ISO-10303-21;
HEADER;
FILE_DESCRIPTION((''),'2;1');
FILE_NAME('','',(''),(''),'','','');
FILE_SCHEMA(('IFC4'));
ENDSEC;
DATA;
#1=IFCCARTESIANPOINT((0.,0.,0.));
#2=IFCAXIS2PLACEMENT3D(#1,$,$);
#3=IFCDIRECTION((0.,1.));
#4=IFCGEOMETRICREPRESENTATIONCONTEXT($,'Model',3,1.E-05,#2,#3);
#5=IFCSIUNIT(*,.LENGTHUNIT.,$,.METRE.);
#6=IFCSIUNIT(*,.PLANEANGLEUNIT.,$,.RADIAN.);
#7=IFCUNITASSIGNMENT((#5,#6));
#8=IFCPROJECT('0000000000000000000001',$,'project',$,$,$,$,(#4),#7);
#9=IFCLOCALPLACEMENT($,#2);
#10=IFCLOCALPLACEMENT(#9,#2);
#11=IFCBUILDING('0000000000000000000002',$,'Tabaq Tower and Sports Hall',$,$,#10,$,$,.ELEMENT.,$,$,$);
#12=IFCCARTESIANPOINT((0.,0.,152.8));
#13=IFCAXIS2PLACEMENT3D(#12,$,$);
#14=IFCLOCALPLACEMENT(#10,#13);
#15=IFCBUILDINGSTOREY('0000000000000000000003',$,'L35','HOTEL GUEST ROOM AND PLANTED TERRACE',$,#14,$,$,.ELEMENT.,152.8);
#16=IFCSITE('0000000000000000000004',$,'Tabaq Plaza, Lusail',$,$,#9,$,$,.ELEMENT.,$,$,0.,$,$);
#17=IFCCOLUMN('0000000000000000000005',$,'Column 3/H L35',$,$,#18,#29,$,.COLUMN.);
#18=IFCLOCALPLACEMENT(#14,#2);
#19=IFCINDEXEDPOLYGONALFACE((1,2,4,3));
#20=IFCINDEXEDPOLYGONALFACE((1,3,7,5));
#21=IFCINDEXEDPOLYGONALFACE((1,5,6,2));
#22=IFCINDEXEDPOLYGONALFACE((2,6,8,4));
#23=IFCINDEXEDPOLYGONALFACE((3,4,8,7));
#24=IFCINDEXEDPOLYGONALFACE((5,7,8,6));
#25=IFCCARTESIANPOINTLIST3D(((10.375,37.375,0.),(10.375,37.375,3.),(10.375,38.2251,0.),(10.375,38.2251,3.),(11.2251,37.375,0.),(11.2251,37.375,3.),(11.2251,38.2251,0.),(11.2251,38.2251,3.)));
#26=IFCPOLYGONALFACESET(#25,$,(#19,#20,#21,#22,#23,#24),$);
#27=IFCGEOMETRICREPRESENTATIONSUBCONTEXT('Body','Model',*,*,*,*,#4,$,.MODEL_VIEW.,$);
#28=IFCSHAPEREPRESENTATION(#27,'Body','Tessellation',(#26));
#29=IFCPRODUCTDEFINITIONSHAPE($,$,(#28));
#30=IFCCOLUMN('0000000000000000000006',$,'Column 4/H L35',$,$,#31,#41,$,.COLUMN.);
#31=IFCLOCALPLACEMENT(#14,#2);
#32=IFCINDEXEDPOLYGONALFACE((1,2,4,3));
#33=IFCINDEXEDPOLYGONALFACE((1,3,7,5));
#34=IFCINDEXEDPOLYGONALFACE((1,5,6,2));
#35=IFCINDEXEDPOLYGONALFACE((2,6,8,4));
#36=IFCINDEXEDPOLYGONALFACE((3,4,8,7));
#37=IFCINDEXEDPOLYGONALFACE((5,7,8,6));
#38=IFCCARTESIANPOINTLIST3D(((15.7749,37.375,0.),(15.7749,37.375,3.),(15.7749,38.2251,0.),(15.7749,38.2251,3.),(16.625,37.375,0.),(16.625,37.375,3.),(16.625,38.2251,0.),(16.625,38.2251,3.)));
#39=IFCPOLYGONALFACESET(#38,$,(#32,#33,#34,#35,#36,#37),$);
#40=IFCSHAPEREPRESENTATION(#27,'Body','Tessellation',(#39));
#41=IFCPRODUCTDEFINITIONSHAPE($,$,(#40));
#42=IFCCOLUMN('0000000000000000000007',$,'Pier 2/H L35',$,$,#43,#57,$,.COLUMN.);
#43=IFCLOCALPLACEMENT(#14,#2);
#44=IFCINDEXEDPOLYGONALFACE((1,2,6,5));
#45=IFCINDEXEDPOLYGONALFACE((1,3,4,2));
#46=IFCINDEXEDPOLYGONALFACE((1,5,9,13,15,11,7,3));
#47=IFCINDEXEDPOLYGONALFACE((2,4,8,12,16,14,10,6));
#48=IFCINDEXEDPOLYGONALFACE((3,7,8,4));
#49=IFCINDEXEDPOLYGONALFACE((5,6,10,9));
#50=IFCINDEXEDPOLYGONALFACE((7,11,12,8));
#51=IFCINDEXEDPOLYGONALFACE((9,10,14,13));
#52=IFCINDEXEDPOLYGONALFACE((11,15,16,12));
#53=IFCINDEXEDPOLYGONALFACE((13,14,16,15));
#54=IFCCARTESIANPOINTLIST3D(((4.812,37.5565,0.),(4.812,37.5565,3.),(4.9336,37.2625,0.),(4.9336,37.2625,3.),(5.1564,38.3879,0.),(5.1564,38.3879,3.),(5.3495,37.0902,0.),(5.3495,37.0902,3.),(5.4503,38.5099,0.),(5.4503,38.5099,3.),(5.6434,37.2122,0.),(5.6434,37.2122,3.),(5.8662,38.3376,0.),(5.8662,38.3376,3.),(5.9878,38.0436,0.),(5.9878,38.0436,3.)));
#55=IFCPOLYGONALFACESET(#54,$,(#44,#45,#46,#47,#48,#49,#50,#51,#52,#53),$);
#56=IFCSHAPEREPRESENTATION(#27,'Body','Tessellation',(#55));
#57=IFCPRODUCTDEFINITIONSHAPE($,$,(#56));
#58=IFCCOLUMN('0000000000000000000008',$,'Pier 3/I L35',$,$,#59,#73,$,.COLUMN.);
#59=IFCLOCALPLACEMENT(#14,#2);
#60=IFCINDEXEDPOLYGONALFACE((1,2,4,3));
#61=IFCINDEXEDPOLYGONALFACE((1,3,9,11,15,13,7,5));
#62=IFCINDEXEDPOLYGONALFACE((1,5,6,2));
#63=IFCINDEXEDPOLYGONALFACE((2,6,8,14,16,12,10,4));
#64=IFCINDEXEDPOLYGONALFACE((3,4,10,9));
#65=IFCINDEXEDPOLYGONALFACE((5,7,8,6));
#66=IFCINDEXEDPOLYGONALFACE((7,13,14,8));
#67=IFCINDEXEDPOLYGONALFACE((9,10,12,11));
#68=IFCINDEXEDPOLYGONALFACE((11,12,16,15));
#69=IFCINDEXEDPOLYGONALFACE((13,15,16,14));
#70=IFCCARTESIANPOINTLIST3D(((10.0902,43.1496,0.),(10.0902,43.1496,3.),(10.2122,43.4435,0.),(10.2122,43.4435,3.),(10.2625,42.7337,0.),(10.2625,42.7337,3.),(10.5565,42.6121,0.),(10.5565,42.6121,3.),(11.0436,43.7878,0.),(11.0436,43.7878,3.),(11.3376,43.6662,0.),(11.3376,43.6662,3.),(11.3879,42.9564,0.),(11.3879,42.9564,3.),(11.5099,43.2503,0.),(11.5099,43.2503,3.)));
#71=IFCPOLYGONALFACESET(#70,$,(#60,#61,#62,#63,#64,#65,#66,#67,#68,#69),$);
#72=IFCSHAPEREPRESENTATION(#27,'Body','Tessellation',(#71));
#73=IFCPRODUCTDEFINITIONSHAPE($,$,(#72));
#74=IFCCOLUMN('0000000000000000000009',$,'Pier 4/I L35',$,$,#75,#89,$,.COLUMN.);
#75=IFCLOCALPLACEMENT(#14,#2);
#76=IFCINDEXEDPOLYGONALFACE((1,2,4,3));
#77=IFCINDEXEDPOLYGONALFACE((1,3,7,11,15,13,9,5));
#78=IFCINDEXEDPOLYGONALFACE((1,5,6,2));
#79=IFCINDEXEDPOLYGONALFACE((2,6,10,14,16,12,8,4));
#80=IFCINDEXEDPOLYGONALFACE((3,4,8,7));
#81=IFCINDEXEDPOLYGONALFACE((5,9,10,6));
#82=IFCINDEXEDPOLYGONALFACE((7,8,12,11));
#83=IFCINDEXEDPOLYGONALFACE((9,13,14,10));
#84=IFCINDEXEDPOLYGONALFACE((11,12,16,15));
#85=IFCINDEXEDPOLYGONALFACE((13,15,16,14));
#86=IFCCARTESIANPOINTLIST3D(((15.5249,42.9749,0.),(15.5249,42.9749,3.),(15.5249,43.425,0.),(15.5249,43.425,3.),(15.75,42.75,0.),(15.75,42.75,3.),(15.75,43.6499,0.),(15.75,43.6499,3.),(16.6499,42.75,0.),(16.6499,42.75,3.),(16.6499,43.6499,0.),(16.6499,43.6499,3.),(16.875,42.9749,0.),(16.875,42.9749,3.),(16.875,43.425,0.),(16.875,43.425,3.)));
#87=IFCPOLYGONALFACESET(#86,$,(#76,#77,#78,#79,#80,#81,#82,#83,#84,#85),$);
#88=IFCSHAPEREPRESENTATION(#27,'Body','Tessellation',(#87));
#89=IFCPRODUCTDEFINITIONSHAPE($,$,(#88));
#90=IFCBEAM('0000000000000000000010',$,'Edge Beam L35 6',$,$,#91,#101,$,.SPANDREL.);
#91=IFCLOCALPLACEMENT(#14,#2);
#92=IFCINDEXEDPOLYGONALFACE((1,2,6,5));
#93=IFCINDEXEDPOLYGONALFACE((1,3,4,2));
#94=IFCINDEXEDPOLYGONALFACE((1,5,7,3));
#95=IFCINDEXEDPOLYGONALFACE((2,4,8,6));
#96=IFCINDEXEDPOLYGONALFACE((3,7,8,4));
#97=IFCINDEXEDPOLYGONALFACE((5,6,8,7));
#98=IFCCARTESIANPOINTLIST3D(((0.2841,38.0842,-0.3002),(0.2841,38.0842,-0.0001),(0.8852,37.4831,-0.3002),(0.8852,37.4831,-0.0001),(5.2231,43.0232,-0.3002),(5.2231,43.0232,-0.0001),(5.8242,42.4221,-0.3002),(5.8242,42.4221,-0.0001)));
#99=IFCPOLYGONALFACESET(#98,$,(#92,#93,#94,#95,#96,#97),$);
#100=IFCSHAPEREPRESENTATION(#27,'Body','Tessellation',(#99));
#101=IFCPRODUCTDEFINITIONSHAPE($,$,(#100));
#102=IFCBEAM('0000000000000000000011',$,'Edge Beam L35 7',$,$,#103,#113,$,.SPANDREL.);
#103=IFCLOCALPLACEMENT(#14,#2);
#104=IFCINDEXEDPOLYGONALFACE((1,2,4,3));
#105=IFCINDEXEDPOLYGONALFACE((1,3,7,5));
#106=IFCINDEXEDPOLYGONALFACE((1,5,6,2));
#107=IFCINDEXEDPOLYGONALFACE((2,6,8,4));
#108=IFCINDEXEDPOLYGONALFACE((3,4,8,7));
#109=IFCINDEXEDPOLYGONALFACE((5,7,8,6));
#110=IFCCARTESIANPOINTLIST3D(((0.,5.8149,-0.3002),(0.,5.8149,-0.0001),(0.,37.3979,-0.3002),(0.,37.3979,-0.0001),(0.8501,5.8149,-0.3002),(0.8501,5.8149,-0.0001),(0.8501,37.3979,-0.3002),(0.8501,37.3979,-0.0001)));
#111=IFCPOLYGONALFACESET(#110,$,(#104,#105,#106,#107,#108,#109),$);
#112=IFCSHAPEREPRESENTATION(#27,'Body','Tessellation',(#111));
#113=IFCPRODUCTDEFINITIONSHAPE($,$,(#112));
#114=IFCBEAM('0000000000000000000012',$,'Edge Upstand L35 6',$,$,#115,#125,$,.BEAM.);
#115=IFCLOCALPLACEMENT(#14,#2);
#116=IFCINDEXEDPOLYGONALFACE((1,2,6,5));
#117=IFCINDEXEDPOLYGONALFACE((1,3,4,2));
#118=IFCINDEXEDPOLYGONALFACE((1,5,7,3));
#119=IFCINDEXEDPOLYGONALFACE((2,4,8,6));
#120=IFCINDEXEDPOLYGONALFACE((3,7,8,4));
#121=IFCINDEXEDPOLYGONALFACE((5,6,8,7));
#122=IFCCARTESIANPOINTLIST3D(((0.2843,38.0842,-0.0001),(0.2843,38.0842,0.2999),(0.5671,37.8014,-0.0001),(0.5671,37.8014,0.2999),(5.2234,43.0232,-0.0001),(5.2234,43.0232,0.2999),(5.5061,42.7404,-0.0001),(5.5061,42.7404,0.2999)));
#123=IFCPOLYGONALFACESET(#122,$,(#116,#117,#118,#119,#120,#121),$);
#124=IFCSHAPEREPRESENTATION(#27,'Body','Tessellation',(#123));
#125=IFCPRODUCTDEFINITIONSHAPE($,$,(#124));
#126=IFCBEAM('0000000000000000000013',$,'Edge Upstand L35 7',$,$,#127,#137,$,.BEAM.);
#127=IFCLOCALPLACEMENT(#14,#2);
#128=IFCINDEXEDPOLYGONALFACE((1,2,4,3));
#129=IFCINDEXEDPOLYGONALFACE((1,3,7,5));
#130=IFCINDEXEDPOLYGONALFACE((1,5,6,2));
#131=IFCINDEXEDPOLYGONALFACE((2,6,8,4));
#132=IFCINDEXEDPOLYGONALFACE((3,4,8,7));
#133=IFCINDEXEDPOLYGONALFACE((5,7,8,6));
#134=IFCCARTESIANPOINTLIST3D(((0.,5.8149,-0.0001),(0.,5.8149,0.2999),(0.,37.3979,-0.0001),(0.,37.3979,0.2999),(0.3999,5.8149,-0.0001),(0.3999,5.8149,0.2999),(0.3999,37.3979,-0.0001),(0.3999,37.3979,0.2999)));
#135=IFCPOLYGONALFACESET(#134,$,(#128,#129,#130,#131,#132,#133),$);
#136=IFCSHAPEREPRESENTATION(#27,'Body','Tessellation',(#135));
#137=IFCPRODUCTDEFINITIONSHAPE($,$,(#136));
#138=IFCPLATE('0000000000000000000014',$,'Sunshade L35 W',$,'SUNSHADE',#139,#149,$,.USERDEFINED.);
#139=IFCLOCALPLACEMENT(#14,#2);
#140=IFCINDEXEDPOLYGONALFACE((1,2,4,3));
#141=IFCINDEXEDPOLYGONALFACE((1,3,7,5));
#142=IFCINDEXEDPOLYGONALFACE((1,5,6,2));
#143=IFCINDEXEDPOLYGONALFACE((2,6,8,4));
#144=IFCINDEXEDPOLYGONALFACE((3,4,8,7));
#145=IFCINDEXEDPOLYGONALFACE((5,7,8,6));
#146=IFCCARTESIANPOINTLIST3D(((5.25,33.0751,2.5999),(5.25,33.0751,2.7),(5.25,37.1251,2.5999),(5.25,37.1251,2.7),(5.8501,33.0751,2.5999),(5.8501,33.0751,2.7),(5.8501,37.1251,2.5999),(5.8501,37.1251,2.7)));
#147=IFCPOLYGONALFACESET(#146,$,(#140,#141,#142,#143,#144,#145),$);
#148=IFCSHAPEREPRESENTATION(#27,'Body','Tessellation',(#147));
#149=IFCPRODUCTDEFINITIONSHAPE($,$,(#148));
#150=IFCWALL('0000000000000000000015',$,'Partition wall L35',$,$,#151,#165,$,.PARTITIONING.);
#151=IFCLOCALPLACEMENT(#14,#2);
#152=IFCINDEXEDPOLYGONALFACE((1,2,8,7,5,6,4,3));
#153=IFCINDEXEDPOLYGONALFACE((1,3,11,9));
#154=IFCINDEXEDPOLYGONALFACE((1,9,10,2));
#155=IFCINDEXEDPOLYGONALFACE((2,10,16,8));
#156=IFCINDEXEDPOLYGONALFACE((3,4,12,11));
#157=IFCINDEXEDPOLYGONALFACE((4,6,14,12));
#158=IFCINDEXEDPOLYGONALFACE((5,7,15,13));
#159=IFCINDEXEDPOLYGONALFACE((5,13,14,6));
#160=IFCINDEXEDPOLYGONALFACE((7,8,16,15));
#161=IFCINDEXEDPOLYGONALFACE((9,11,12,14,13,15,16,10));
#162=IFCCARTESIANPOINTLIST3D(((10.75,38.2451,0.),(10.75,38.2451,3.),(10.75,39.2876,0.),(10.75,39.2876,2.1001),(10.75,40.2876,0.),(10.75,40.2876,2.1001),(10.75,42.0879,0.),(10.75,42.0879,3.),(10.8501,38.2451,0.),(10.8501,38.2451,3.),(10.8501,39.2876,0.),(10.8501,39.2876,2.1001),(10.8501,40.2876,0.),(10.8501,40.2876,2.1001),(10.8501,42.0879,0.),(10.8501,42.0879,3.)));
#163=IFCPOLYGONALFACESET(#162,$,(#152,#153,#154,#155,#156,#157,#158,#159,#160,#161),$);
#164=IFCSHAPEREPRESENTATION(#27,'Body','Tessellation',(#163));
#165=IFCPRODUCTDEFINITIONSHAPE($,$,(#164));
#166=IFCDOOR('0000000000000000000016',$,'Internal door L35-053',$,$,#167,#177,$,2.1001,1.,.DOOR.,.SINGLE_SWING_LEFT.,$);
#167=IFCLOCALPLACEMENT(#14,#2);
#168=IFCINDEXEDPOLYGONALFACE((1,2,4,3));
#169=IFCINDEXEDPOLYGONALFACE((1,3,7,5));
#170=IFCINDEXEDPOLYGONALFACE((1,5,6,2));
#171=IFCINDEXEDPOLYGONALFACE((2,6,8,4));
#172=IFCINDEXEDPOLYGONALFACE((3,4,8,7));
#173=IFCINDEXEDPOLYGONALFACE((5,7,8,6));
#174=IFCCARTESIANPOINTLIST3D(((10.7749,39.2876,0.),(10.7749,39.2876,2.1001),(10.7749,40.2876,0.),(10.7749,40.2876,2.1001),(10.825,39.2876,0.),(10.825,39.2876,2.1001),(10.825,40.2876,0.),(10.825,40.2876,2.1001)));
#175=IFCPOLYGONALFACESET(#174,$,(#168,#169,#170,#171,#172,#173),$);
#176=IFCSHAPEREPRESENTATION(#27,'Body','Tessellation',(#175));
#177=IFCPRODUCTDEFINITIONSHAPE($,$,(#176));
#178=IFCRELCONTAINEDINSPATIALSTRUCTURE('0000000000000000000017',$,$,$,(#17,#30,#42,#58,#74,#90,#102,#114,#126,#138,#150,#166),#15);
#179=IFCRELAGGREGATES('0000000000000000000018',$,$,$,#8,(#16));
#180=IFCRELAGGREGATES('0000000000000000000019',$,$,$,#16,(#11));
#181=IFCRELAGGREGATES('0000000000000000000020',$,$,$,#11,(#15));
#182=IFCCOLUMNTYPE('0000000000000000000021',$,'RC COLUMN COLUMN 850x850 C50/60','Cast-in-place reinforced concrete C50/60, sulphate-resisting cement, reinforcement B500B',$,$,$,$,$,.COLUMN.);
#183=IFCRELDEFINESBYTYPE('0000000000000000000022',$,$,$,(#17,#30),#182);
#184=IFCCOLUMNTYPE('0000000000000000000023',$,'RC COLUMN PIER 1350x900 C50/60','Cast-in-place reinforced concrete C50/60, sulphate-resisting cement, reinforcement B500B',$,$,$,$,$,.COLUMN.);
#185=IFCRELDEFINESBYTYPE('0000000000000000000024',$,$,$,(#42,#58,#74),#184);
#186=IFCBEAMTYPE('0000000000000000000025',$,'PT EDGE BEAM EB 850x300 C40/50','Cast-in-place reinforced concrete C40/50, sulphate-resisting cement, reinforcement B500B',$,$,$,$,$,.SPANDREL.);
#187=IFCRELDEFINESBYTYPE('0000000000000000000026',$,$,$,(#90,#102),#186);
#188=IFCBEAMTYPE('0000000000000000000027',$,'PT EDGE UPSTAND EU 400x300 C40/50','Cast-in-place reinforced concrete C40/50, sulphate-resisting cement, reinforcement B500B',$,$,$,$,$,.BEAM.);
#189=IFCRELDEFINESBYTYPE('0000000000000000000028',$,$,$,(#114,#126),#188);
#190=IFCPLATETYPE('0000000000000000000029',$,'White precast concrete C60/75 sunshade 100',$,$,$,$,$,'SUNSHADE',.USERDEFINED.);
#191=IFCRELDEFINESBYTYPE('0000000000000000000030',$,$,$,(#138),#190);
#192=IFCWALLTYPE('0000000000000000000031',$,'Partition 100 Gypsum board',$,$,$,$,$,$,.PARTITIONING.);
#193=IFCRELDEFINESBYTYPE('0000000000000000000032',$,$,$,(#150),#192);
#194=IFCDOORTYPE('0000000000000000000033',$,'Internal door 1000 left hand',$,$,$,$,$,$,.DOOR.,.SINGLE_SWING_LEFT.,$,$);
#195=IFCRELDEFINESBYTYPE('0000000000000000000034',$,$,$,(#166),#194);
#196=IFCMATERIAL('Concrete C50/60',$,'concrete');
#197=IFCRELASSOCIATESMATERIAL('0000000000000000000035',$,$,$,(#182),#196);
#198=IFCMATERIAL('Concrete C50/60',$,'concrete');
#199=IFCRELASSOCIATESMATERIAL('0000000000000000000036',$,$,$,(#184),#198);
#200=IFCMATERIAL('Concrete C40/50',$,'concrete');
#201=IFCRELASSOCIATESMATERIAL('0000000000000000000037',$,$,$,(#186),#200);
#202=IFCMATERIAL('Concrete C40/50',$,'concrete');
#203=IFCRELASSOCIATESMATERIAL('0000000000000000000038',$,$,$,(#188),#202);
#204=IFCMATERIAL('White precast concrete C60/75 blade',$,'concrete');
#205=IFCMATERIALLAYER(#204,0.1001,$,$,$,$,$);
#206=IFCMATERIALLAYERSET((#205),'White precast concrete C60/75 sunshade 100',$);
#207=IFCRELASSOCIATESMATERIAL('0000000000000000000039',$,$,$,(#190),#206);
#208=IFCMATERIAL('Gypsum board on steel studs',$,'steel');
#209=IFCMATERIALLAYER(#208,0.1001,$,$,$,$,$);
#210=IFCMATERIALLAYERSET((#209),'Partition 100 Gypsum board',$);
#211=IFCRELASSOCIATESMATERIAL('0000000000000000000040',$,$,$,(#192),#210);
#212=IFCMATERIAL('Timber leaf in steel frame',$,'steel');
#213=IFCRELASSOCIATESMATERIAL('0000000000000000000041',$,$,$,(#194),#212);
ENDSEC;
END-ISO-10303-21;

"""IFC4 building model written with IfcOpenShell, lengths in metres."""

from ifc_helpers import new_model, si_unit, direction, frame, frame_2d, origin, origin_2d, place, context, subcontext, project, spatial, polyline, rectangle, outline, extrude, material, layer, layer_set, material_profile, profile_set, type_object, element, fill, save


model = new_model("IFC4")

# Units and contexts
model_context = context("Model", 3, precision=1e-05, world=origin(), true_north=direction((0.0, 1.0)))
body_context = subcontext(model_context, "Body", "Model", "MODEL_VIEW")
ifc_project = project(units=[si_unit("LENGTHUNIT", "METRE"), si_unit("PLANEANGLEUNIT", "RADIAN")], contexts=[model_context])

# Site, building, storey
site_placement = place(None, origin())
site = spatial("IfcSite", under=ifc_project, at=site_placement, Name="Tabaq Plaza, Lusail", CompositionType="ELEMENT", RefElevation=0.0)
building_placement = place(site_placement, origin())
building = spatial("IfcBuilding", under=site, at=building_placement, Name="Tabaq Tower and Sports Hall", CompositionType="ELEMENT")
storey_placement = place(building_placement, frame((0.0, 0.0, 152.8)))
storey = spatial("IfcBuildingStorey", under=building, at=storey_placement, Name="L35", Description="HOTEL GUEST ROOM AND PLANTED TERRACE", CompositionType="ELEMENT", Elevation=152.8)

# Columns
ifc_material_1 = material(Name="Concrete C50/60", Category="concrete")
ifc_material_profile_1 = material_profile(ifc_material_1, rectangle(XDim=0.8501, YDim=0.8501, at=origin_2d()), Name="COLUMN 850x850")
ifc_profile_set_1 = profile_set([ifc_material_profile_1], Name="Concrete C50/60")
column_type_1 = type_object("IfcColumnType", Name="RC COLUMN COLUMN 850x850 C50/60", Description="Cast-in-place reinforced concrete C50/60, sulphate-resisting cement, reinforcement B500B", PredefinedType="COLUMN", material=ifc_profile_set_1)
for number, where, z_axis, x_axis, name in (
    (1, (10.8, 37.8, 0.0), (0.0, 0.0, 1.0), (1.0, 0.0, 0.0), "Column 3/H L35"),
    (2, (16.2, 37.8, 0.0), (0.0, 0.0, 1.0), (1.0, 0.0, 0.0), "Column 4/H L35"),
):
    element("IfcColumn", number, at=place(storey_placement, frame(where, z_axis=z_axis, x_axis=x_axis)), inside=storey, type_object=column_type_1, Name=name, PredefinedType="COLUMN", context=body_context, shape_type="SweptSolid", body=[
        extrude(rectangle(XDim=0.8501, YDim=0.8501, at=origin_2d()), origin(), (0.0, 0.0, 1.0), 3.0),
    ])
ifc_material_2 = material(Name="Concrete C50/60", Category="concrete")
ifc_material_profile_2 = material_profile(ifc_material_2, outline(polyline([(-0.45, -0.45), (0.45, -0.45), (0.675, -0.2251), (0.675, 0.2251), (0.45, 0.45), (-0.45, 0.45), (-0.675, 0.2251), (-0.675, -0.2251), (-0.45, -0.45)])), Name="PIER 1350x900")
ifc_profile_set_2 = profile_set([ifc_material_profile_2], Name="Concrete C50/60")
column_type_2 = type_object("IfcColumnType", Name="RC COLUMN PIER 1350x900 C50/60", Description="Cast-in-place reinforced concrete C50/60, sulphate-resisting cement, reinforcement B500B", PredefinedType="COLUMN", material=ifc_profile_set_2)
for number, where, z_axis, x_axis, name in (
    (3, (5.3999, 37.8, 0.0), (0.0, 0.0, 1.0), (0.382683, 0.92388, 0.0), "Pier 2/H L35"),
    (4, (10.8, 43.2, 0.0), (0.0, 0.0, 1.0), (0.92388, 0.382683, 0.0), "Pier 3/I L35"),
    (5, (16.2, 43.2, 0.0), (0.0, 0.0, 1.0), (1.0, 0.0, 0.0), "Pier 4/I L35"),
):
    element("IfcColumn", number, at=place(storey_placement, frame(where, z_axis=z_axis, x_axis=x_axis)), inside=storey, type_object=column_type_2, Name=name, PredefinedType="COLUMN", context=body_context, shape_type="SweptSolid", body=[
        extrude(outline(polyline([(-0.45, -0.45), (0.45, -0.45), (0.675, -0.2251), (0.675, 0.2251), (0.45, 0.45), (-0.45, 0.45), (-0.675, 0.2251), (-0.675, -0.2251), (-0.45, -0.45)])), origin(), (0.0, 0.0, 1.0), 3.0),
    ])

# Beams
ifc_material_3 = material(Name="Concrete C40/50", Category="concrete")
ifc_material_profile_3 = material_profile(ifc_material_3, rectangle(XDim=0.8501, YDim=0.3, at=origin_2d()), Name="EB 850x300")
ifc_profile_set_3 = profile_set([ifc_material_profile_3], Name="Concrete C40/50")
beam_type_1 = type_object("IfcBeamType", Name="PT EDGE BEAM EB 850x300 C40/50", Description="Cast-in-place reinforced concrete C40/50, sulphate-resisting cement, reinforcement B500B", PredefinedType="SPANDREL", material=ifc_profile_set_3)
beam_1_placement = place(storey_placement, frame((5.5237, 42.7227, -0.1501), z_axis=(-0.707107, -0.707107, 0.0), x_axis=(0.707107, -0.707107, 0.0)))
element("IfcBeam", 6, at=beam_1_placement, inside=storey, type_object=beam_type_1, Name="Edge Beam L35 6", PredefinedType="SPANDREL", context=body_context, shape_type="SweptSolid", body=[
    extrude(rectangle(XDim=0.8501, YDim=0.3, at=origin_2d()), origin(), (0.0, 0.0, 1.0), 6.9849),
])
beam_2_placement = place(storey_placement, frame((0.425, 37.3979, -0.1501), z_axis=(0.0, -1.0, 0.0), x_axis=(1.0, 0.0, 0.0)))
element("IfcBeam", 7, at=beam_2_placement, inside=storey, type_object=beam_type_1, Name="Edge Beam L35 7", PredefinedType="SPANDREL", context=body_context, shape_type="SweptSolid", body=[
    extrude(rectangle(XDim=0.8501, YDim=0.3, at=origin_2d()), origin(), (0.0, 0.0, 1.0), 31.583),
])
ifc_material_4 = material(Name="Concrete C40/50", Category="concrete")
ifc_material_profile_4 = material_profile(ifc_material_4, rectangle(XDim=0.3999, YDim=0.3, at=origin_2d()), Name="EU 400x300")
ifc_profile_set_4 = profile_set([ifc_material_profile_4], Name="Concrete C40/50")
beam_type_2 = type_object("IfcBeamType", Name="PT EDGE UPSTAND EU 400x300 C40/50", Description="Cast-in-place reinforced concrete C40/50, sulphate-resisting cement, reinforcement B500B", PredefinedType="BEAM", material=ifc_profile_set_4)
beam_3_placement = place(storey_placement, frame((5.3647, 42.8818, 0.1499), z_axis=(-0.707107, -0.707107, 0.0), x_axis=(0.707107, -0.707107, 0.0)))
element("IfcBeam", 8, at=beam_3_placement, inside=storey, type_object=beam_type_2, Name="Edge Upstand L35 6", PredefinedType="BEAM", context=body_context, shape_type="SweptSolid", body=[
    extrude(rectangle(XDim=0.3999, YDim=0.3, at=origin_2d()), origin(), (0.0, 0.0, 1.0), 6.9849),
])
beam_4_placement = place(storey_placement, frame((0.2, 37.3979, 0.1499), z_axis=(0.0, -1.0, 0.0), x_axis=(1.0, 0.0, 0.0)))
element("IfcBeam", 9, at=beam_4_placement, inside=storey, type_object=beam_type_2, Name="Edge Upstand L35 7", PredefinedType="BEAM", context=body_context, shape_type="SweptSolid", body=[
    extrude(rectangle(XDim=0.3999, YDim=0.3, at=origin_2d()), origin(), (0.0, 0.0, 1.0), 31.583),
])

# Plate
ifc_material_5 = material(Name="White precast concrete C60/75 blade", Category="concrete")
ifc_layer_1 = layer(ifc_material_5, 0.1001)
ifc_layer_set_1 = layer_set([ifc_layer_1], Name="White precast concrete C60/75 sunshade 100")
plate_type = type_object("IfcPlateType", Name="White precast concrete C60/75 sunshade 100", ElementType="SUNSHADE", PredefinedType="USERDEFINED", material=ifc_layer_set_1)
plate_placement = place(storey_placement, frame((5.55, 35.1001, 2.5999), z_axis=(0.0, 0.0, 1.0), x_axis=(0.0, -1.0, 0.0)))
element("IfcPlate", 10, at=plate_placement, inside=storey, type_object=plate_type, Name="Sunshade L35 W", ObjectType="SUNSHADE", PredefinedType="USERDEFINED", context=body_context, shape_type="SweptSolid", body=[
    extrude(rectangle(XDim=4.05, YDim=0.6001, at=origin_2d()), origin(), (0.0, 0.0, 1.0), 0.1001),
])

# Wall, opening, door
ifc_material_6 = material(Name="Gypsum board on steel studs", Category="steel")
ifc_layer_2 = layer(ifc_material_6, 0.1001)
ifc_layer_set_2 = layer_set([ifc_layer_2], Name="Partition 100 Gypsum board")
wall_type_1 = type_object("IfcWallType", Name="Partition 100 Gypsum board", PredefinedType="PARTITIONING", material=ifc_layer_set_2)
wall_1_placement = place(storey_placement, frame((10.8, 42.0879, 0.0), z_axis=(0.0, 0.0, 1.0), x_axis=(0.0, -1.0, 0.0)))
wall_1 = element("IfcWall", 11, at=wall_1_placement, inside=storey, type_object=wall_type_1, Name="Partition wall L35", PredefinedType="PARTITIONING", context=body_context, shape_type="SweptSolid", body=[
    extrude(rectangle(XDim=3.8428, YDim=0.1001, at=frame_2d((1.9214, 0.0))), origin(), (0.0, 0.0, 1.0), 3.0),
])
opening_1_placement = place(wall_1_placement, frame((1.8003, 0.0, 0.0)))
opening_1 = element("IfcOpeningElement", 12, at=opening_1_placement, cuts=wall_1, PredefinedType="OPENING", context=body_context, shape_type="SweptSolid", body=[
    extrude(rectangle(XDim=1.0, YDim=2.1001, at=frame_2d((0.5, 1.05))), frame((0.0, 0.05, 0.0), z_axis=(0.0, -1.0, 0.0), x_axis=(1.0, 0.0, 0.0)), (0.0, 0.0, 1.0), 0.1001),
])
ifc_material_7 = material(Name="Timber leaf in steel frame", Category="steel")
door_type_1 = type_object("IfcDoorType", Name="Internal door 1000 left hand", OperationType="SINGLE_SWING_LEFT", PredefinedType="DOOR", material=ifc_material_7)
door_1_placement = place(opening_1_placement, origin())
door_1 = element("IfcDoor", 13, at=door_1_placement, inside=storey, type_object=door_type_1, Name="Internal door L35-053", OperationType="SINGLE_SWING_LEFT", OverallHeight=2.1001, OverallWidth=1.0, PredefinedType="DOOR", context=body_context, shape_type="SweptSolid", body=[
    extrude(rectangle(XDim=1.0, YDim=2.1001, at=frame_2d((0.5, 1.05))), frame((0.0, 0.0249, 0.0), z_axis=(0.0, -1.0, 0.0), x_axis=(1.0, 0.0, 0.0)), (0.0, 0.0, 1.0), 0.05),
])
fill(opening_1, door_1)

save(model, "model.ifc")
